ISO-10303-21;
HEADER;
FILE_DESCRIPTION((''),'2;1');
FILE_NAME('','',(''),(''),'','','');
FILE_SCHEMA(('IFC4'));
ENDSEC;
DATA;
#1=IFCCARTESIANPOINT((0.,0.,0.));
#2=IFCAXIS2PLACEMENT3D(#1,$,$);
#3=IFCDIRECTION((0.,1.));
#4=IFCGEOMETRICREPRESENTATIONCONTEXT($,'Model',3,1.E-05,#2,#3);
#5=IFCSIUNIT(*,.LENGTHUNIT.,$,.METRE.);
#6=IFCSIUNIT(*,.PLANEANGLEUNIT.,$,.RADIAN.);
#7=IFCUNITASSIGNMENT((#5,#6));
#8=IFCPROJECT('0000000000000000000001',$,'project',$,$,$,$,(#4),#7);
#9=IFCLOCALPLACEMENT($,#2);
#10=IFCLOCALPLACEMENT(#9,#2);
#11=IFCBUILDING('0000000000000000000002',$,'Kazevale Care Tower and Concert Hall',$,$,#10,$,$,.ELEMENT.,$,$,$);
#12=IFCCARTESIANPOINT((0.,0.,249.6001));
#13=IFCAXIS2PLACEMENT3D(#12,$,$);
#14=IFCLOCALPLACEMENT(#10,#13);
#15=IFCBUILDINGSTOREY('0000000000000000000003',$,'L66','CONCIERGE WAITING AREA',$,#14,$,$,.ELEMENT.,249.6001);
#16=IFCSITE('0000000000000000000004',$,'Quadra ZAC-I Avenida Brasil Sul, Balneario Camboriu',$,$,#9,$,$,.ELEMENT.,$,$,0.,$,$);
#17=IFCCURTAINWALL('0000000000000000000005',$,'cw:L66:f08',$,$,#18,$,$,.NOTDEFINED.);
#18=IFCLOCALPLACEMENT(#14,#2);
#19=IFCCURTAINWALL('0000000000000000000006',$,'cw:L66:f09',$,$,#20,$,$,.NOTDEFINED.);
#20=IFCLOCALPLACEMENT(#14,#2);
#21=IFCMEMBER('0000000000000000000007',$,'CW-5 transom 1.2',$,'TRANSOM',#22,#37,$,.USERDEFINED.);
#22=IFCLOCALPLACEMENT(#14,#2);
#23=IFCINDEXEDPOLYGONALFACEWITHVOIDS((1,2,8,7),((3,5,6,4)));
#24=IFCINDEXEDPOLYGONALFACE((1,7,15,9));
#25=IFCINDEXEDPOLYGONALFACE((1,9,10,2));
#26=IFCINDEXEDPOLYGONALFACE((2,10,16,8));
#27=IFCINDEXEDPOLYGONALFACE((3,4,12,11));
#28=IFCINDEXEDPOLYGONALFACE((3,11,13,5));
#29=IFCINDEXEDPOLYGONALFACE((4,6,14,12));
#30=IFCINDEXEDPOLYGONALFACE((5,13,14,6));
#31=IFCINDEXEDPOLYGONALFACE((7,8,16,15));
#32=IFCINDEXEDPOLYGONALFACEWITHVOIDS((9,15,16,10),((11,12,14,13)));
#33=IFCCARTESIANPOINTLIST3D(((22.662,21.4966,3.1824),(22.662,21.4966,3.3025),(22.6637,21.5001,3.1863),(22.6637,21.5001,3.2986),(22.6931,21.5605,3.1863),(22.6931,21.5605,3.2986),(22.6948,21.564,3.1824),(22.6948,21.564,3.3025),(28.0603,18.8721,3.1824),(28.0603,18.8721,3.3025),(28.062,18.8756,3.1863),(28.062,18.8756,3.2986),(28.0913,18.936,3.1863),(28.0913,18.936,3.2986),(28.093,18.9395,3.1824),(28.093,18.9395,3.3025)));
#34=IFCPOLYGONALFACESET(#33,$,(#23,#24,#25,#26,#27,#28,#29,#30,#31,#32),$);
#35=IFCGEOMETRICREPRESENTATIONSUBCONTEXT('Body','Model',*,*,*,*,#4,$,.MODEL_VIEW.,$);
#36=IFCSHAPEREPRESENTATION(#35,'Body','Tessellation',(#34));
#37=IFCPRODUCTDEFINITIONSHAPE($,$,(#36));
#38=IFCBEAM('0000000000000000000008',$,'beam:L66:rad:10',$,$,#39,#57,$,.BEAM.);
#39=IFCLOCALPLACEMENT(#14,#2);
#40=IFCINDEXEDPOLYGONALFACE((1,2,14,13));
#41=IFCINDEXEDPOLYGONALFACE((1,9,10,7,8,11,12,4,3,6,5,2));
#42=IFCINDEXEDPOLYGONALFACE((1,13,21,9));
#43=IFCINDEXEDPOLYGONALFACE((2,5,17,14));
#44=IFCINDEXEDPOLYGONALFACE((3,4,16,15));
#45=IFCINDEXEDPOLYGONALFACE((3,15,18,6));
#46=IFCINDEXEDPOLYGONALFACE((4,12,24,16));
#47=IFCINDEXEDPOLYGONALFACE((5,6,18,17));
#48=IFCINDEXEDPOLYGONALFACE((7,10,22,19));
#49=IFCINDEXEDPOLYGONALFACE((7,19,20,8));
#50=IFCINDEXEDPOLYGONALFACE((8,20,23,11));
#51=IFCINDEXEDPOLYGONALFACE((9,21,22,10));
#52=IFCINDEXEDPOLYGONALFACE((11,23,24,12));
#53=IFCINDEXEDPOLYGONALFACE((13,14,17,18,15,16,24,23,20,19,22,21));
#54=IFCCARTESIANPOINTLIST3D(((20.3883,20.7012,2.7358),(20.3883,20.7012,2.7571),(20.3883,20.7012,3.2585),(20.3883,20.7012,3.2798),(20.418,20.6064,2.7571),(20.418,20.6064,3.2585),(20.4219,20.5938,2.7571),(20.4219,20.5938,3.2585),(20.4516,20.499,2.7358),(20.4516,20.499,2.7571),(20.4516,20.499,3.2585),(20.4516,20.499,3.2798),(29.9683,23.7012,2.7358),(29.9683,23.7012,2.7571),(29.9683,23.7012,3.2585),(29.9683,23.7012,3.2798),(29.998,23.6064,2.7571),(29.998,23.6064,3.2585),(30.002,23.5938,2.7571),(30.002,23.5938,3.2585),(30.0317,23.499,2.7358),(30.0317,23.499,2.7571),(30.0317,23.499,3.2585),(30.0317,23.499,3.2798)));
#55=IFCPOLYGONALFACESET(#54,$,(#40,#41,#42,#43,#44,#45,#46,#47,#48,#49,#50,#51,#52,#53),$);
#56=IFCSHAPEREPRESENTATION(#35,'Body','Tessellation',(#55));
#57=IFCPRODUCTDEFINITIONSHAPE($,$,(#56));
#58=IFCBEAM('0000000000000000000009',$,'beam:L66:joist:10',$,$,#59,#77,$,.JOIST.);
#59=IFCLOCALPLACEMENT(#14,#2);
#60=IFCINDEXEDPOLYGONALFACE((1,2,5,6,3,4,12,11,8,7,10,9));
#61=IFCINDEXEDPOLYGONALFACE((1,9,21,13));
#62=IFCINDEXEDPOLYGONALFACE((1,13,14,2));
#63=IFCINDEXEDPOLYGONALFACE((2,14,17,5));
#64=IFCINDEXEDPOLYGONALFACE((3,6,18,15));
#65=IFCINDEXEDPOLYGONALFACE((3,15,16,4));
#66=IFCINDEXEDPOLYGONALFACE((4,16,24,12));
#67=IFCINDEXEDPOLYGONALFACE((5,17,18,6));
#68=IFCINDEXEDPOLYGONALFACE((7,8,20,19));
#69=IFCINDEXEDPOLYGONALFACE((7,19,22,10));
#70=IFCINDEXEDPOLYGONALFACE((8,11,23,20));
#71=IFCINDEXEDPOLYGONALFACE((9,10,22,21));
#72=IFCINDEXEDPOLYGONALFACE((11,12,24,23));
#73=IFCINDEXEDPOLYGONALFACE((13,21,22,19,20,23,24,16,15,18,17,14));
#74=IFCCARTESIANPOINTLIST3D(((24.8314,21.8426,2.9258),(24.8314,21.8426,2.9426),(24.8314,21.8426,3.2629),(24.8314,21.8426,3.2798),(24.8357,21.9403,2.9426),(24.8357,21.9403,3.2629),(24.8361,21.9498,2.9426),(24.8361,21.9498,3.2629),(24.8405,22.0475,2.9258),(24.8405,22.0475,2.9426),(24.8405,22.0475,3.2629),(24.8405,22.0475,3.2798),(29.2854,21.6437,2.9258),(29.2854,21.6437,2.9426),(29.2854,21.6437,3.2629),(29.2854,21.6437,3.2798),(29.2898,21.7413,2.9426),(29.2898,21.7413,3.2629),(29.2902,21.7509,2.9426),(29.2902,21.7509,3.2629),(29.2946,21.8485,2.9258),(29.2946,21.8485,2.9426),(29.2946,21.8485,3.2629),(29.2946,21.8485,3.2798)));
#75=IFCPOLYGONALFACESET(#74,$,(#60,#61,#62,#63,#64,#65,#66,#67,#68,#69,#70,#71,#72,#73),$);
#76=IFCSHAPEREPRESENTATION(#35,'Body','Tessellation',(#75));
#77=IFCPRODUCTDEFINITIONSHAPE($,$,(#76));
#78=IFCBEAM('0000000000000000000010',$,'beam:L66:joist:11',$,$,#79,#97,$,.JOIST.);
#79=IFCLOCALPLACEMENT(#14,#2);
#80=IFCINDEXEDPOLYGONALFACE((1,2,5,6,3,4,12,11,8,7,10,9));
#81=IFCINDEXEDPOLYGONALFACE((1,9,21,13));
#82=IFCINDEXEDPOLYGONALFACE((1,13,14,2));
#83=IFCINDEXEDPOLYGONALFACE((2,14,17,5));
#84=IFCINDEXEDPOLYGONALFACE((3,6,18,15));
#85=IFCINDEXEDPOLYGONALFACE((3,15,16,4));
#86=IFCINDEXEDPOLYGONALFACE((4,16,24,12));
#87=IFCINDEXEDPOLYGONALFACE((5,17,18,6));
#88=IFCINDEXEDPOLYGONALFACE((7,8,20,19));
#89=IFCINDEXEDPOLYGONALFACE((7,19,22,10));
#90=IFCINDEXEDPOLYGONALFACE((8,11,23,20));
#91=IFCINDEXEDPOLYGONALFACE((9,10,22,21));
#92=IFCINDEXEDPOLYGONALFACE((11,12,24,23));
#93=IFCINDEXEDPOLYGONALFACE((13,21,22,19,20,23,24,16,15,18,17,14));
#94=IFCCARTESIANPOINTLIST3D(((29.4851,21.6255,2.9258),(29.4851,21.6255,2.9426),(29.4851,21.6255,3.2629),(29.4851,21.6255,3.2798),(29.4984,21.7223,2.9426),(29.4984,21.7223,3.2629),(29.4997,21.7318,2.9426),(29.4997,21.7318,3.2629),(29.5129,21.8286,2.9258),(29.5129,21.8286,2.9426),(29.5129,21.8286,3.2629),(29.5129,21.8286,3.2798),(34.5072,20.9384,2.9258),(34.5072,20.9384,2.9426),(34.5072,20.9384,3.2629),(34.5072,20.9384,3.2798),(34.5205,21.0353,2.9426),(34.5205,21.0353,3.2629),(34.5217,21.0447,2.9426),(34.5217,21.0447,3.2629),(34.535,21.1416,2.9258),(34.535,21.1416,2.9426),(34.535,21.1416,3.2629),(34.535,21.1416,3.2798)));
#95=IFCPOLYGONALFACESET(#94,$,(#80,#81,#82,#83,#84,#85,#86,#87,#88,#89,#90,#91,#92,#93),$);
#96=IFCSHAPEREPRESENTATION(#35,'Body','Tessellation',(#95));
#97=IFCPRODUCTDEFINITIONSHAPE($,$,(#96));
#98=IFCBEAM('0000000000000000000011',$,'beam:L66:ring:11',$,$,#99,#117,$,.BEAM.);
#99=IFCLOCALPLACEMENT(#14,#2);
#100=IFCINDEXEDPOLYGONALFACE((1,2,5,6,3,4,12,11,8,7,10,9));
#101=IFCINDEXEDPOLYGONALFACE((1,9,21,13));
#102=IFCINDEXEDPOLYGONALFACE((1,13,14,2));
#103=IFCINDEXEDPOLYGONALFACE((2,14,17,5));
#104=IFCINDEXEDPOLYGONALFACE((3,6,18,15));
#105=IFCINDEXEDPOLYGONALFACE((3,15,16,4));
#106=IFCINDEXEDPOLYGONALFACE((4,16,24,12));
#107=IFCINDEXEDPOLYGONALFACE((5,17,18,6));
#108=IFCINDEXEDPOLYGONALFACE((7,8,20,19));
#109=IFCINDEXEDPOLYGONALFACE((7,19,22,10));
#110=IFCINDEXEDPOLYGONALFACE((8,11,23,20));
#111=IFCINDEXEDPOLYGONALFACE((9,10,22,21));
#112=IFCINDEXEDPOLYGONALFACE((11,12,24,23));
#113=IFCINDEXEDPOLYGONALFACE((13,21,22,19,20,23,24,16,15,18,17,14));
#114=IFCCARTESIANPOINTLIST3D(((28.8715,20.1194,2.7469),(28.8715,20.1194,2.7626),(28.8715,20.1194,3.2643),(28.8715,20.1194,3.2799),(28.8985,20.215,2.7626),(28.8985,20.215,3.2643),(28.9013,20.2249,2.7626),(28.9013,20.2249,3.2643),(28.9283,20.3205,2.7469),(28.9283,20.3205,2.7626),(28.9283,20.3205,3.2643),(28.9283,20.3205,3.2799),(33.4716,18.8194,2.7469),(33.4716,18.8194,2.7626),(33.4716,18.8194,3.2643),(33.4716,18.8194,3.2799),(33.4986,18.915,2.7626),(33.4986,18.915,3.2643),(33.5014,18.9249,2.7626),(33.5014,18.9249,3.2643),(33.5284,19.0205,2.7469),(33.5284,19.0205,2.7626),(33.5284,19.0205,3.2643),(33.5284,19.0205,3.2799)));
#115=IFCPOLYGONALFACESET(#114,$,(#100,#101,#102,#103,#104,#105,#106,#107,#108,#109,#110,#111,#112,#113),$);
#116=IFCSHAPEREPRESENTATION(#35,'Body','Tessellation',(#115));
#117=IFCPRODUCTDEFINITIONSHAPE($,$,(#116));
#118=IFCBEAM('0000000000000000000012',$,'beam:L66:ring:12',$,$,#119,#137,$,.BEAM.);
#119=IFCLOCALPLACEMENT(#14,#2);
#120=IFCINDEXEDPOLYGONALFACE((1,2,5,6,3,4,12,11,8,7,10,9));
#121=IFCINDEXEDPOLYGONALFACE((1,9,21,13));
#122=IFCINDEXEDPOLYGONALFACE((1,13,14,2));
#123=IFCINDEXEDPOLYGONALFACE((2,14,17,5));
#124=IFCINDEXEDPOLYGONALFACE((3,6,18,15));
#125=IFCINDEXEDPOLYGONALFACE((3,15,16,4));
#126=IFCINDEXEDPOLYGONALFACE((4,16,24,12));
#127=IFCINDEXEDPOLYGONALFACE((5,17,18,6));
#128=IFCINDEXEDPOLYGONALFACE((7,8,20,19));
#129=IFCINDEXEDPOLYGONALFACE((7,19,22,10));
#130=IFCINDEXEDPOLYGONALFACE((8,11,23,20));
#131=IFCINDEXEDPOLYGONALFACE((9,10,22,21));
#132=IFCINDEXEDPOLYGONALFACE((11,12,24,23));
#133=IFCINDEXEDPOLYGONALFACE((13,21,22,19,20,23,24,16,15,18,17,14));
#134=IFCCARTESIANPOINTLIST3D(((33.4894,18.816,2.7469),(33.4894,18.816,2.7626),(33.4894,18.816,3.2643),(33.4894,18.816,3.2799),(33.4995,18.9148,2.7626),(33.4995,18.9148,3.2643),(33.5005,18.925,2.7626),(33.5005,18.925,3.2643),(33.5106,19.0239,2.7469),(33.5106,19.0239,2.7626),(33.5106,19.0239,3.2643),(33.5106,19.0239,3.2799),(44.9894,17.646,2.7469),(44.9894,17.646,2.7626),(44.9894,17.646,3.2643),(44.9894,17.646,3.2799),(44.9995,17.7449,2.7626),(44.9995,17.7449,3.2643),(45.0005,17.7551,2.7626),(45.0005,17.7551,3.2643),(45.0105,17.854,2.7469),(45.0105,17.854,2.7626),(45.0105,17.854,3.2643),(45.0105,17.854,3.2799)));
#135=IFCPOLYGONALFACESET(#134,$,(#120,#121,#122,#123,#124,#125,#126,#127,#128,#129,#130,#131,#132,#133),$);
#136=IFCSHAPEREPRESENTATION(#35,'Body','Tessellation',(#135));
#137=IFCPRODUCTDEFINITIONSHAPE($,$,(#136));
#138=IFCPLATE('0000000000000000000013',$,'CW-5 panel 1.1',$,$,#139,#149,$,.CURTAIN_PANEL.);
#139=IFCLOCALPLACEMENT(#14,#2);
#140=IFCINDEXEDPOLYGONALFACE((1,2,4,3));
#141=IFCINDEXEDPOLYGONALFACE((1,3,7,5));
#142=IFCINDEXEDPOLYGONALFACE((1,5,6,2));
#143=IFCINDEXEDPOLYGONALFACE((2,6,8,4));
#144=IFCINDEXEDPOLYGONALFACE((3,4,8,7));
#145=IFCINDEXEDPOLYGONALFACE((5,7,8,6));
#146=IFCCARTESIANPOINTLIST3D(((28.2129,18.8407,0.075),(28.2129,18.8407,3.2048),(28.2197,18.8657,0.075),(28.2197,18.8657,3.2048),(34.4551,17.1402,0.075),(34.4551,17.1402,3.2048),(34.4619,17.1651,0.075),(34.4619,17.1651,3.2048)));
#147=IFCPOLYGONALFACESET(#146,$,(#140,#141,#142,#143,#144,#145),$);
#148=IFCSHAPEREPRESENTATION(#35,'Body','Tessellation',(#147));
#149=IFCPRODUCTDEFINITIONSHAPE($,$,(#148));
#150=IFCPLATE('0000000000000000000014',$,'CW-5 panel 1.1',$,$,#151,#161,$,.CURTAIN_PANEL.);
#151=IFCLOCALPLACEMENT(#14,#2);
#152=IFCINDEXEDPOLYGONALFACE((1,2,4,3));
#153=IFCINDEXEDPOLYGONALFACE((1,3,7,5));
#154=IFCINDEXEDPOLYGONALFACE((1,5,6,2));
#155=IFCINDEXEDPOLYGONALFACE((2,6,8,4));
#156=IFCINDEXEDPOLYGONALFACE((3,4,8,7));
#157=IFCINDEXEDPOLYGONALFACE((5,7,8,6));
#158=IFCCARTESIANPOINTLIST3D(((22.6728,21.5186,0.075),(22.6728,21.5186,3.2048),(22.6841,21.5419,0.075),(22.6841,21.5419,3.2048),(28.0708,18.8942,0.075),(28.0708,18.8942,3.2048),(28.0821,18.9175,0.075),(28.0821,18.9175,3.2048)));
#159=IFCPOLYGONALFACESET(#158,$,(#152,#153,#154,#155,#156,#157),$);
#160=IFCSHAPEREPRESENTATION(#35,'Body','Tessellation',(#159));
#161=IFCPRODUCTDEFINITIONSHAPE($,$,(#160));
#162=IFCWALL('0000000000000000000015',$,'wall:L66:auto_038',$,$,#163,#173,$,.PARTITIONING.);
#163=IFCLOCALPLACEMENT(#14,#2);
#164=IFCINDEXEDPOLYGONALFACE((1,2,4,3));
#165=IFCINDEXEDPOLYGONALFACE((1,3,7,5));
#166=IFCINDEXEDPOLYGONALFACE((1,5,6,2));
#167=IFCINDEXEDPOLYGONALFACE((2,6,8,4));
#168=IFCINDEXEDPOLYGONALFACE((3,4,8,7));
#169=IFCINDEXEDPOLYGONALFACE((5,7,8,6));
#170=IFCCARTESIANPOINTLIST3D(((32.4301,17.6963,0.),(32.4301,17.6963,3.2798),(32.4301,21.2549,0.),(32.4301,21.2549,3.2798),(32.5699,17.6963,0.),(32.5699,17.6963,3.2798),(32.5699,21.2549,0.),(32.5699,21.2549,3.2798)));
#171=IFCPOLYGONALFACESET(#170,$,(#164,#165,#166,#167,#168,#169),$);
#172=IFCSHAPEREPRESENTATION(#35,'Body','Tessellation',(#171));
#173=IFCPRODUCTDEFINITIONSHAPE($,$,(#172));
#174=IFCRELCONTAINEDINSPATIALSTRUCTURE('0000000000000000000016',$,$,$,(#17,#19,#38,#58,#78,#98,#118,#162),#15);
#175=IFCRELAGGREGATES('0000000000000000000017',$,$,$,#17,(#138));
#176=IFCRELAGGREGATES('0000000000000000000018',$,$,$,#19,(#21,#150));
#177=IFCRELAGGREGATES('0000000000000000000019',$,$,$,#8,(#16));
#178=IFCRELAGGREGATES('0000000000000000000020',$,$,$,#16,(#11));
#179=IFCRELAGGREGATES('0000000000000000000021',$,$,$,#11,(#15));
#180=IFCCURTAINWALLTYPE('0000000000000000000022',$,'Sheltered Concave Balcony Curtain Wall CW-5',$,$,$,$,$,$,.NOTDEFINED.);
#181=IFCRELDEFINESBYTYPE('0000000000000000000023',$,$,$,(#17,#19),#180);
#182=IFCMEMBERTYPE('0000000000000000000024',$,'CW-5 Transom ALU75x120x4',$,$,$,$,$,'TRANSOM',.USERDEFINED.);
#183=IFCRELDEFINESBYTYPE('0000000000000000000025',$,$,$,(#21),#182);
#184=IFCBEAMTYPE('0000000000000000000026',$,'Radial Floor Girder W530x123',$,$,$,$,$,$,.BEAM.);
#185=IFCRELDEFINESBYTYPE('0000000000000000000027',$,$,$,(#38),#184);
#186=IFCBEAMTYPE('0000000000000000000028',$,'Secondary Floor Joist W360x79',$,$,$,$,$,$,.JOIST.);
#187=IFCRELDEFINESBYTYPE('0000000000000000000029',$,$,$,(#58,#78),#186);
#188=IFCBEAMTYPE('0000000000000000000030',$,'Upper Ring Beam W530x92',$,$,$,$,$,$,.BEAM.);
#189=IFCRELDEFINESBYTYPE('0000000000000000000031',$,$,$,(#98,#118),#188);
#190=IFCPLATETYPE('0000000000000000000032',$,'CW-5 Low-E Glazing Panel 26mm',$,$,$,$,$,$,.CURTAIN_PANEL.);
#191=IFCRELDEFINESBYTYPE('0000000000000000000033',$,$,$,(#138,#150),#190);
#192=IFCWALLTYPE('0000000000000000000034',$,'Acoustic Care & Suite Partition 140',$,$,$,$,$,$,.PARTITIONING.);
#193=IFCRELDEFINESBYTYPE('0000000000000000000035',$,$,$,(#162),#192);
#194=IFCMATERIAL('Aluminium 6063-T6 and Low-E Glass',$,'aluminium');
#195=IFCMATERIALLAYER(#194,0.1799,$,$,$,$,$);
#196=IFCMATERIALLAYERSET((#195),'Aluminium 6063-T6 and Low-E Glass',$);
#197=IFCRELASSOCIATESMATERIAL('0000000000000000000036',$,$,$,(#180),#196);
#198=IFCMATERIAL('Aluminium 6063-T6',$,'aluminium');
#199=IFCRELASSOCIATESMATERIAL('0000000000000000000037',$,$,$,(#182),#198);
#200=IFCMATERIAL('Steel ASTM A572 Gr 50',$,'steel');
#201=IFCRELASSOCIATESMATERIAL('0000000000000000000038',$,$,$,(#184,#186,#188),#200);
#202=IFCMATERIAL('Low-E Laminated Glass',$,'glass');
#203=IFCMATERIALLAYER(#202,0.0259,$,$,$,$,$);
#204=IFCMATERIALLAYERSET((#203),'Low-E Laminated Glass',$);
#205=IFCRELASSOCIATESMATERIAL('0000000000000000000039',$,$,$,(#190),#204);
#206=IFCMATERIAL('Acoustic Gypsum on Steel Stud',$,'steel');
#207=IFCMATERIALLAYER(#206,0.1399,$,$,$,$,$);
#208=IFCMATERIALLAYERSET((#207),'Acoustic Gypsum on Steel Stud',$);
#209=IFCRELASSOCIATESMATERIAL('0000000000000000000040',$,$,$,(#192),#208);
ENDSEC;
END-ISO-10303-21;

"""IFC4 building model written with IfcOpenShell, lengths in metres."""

from ifc_helpers import new_model, si_unit, direction, frame, frame_2d, origin, origin_2d, place, context, subcontext, project, spatial, rectangle, hollow_rectangle, i_section, extrude, material, layer, layer_set, material_profile, profile_set, type_object, element, aggregate, save


model = new_model("IFC4")

# Units and contexts
model_context = context("Model", 3, precision=1e-05, world=origin(), true_north=direction((0.0, 1.0)))
body_context = subcontext(model_context, "Body", "Model", "MODEL_VIEW")
ifc_project = project(units=[si_unit("LENGTHUNIT", "METRE"), si_unit("PLANEANGLEUNIT", "RADIAN")], contexts=[model_context])

# Site, building, storey
site_placement = place(None, origin())
site = spatial("IfcSite", under=ifc_project, at=site_placement, Name="Quadra ZAC-I Avenida Brasil Sul, Balneario Camboriu", CompositionType="ELEMENT", RefElevation=0.0)
building_placement = place(site_placement, origin())
building = spatial("IfcBuilding", under=site, at=building_placement, Name="Kazevale Care Tower and Concert Hall", CompositionType="ELEMENT")
storey_placement = place(building_placement, frame((0.0, 0.0, 249.6001)))
storey = spatial("IfcBuildingStorey", under=building, at=storey_placement, Name="L66", Description="CONCIERGE WAITING AREA", CompositionType="ELEMENT", Elevation=249.6001)

# Curtain walls
ifc_material_1 = material(Name="Aluminium 6063-T6 and Low-E Glass", Category="aluminium")
ifc_layer_1 = layer(ifc_material_1, 0.1799)
ifc_layer_set_1 = layer_set([ifc_layer_1], Name="Aluminium 6063-T6 and Low-E Glass")
curtain_wall_type = type_object("IfcCurtainWallType", Name="Sheltered Concave Balcony Curtain Wall CW-5", PredefinedType="NOTDEFINED", material=ifc_layer_set_1)
curtain_wall_1_placement = place(storey_placement, origin())
curtain_wall_1 = element("IfcCurtainWall", 1, at=curtain_wall_1_placement, inside=storey, type_object=curtain_wall_type, Name="cw:L66:f08", PredefinedType="NOTDEFINED")
ifc_material_2 = material(Name="Aluminium 6063-T6", Category="aluminium")
curtain_wall_2_placement = place(storey_placement, origin())
curtain_wall_2 = element("IfcCurtainWall", 2, at=curtain_wall_2_placement, inside=storey, type_object=curtain_wall_type, Name="cw:L66:f09", PredefinedType="NOTDEFINED")

# Member
ifc_material_profile_1 = material_profile(ifc_material_2, hollow_rectangle(XDim=0.075, YDim=0.1201, WallThickness=0.0039, at=origin_2d()), Name="ALU75x120x4")
ifc_profile_set_1 = profile_set([ifc_material_profile_1], Name="Aluminium 6063-T6")
member_type_1 = type_object("IfcMemberType", Name="CW-5 Transom ALU75x120x4", ElementType="TRANSOM", PredefinedType="USERDEFINED", material=ifc_profile_set_1)
member_1_placement = place(storey_placement, frame((28.0767, 18.9058, 3.2424), z_axis=(-0.899342, 0.437245, 0.0), x_axis=(-0.437245, -0.899342, 0.0)))
member_1 = element("IfcMember", 3, at=member_1_placement, type_object=member_type_1, Name="CW-5 transom 1.2", ObjectType="TRANSOM", PredefinedType="USERDEFINED", context=body_context, shape_type="SweptSolid", body=[
    extrude(hollow_rectangle(XDim=0.075, YDim=0.1201, WallThickness=0.0039, at=origin_2d()), origin(), (0.0, 0.0, 1.0), 6.0024),
])

# Beams
ifc_material_3 = material(Name="Steel ASTM A572 Gr 50", Category="steel")
ifc_material_profile_2 = material_profile(ifc_material_3, i_section(OverallWidth=0.2119, OverallDepth=0.5439, WebThickness=0.0132, FlangeThickness=0.0212, at=origin_2d()), Name="W530x123")
ifc_profile_set_2 = profile_set([ifc_material_profile_2], Name="Steel ASTM A572 Gr 50")
beam_type_1 = type_object("IfcBeamType", Name="Radial Floor Girder W530x123", PredefinedType="BEAM", material=ifc_profile_set_2)
beam_1_placement = place(storey_placement, frame((30.0, 23.6001, 3.0078), z_axis=(-0.954303, -0.29884, 0.0), x_axis=(0.29884, -0.954303, 0.0)))
element("IfcBeam", 4, at=beam_1_placement, inside=storey, type_object=beam_type_1, Name="beam:L66:rad:10", PredefinedType="BEAM", context=body_context, shape_type="SweptSolid", body=[
    extrude(i_section(OverallWidth=0.2119, OverallDepth=0.5439, WebThickness=0.0132, FlangeThickness=0.0212, at=origin_2d()), origin(), (0.0, 0.0, 1.0), 10.0388),
])
ifc_material_profile_3 = material_profile(ifc_material_3, i_section(OverallWidth=0.2051, OverallDepth=0.354, WebThickness=0.0095, FlangeThickness=0.0168, at=origin_2d()), Name="W360x79")
ifc_profile_set_3 = profile_set([ifc_material_profile_3], Name="Steel ASTM A572 Gr 50")
beam_type_2 = type_object("IfcBeamType", Name="Secondary Floor Joist W360x79", PredefinedType="JOIST", material=ifc_profile_set_3)
beam_2_placement = place(storey_placement, frame((24.8359, 21.9451, 3.1028), z_axis=(0.999004, -0.044628, 0.0), x_axis=(0.044628, 0.999004, 0.0)))
element("IfcBeam", 5, at=beam_2_placement, inside=storey, type_object=beam_type_2, Name="beam:L66:joist:10", PredefinedType="JOIST", context=body_context, shape_type="SweptSolid", body=[
    extrude(i_section(OverallWidth=0.2051, OverallDepth=0.354, WebThickness=0.0095, FlangeThickness=0.0168, at=origin_2d()), origin(), (0.0, 0.0, 1.0), 4.4585),
])
beam_3_placement = place(storey_placement, frame((29.499, 21.7271, 3.1028), z_axis=(0.990772, -0.135539, 0.0), x_axis=(0.135539, 0.990772, 0.0)))
element("IfcBeam", 6, at=beam_3_placement, inside=storey, type_object=beam_type_2, Name="beam:L66:joist:11", PredefinedType="JOIST", context=body_context, shape_type="SweptSolid", body=[
    extrude(i_section(OverallWidth=0.2051, OverallDepth=0.354, WebThickness=0.0095, FlangeThickness=0.0168, at=origin_2d()), origin(), (0.0, 0.0, 1.0), 5.0688),
])
ifc_material_profile_4 = material_profile(ifc_material_3, i_section(OverallWidth=0.209, OverallDepth=0.533, WebThickness=0.0103, FlangeThickness=0.0156, at=origin_2d()), Name="W530x92")
ifc_profile_set_4 = profile_set([ifc_material_profile_4], Name="Steel ASTM A572 Gr 50")
beam_type_3 = type_object("IfcBeamType", Name="Upper Ring Beam W530x92", PredefinedType="BEAM", material=ifc_profile_set_4)
beam_4_placement = place(storey_placement, frame((28.8999, 20.22, 3.0134), z_axis=(0.962308, -0.271961, 0.0), x_axis=(0.271961, 0.962308, 0.0)))
element("IfcBeam", 7, at=beam_4_placement, inside=storey, type_object=beam_type_3, Name="beam:L66:ring:11", PredefinedType="BEAM", context=body_context, shape_type="SweptSolid", body=[
    extrude(i_section(OverallWidth=0.209, OverallDepth=0.533, WebThickness=0.0103, FlangeThickness=0.0156, at=origin_2d()), origin(), (0.0, 0.0, 1.0), 4.7803),
])
beam_5_placement = place(storey_placement, frame((33.5, 18.9199, 3.0134), z_axis=(0.994865, -0.10121, 0.0), x_axis=(0.10121, 0.994865, 0.0)))
element("IfcBeam", 8, at=beam_5_placement, inside=storey, type_object=beam_type_3, Name="beam:L66:ring:12", PredefinedType="BEAM", context=body_context, shape_type="SweptSolid", body=[
    extrude(i_section(OverallWidth=0.209, OverallDepth=0.533, WebThickness=0.0103, FlangeThickness=0.0156, at=origin_2d()), origin(), (0.0, 0.0, 1.0), 11.5593),
])

# Plates
ifc_material_4 = material(Name="Low-E Laminated Glass", Category="glass")
ifc_layer_2 = layer(ifc_material_4, 0.0259)
ifc_layer_set_2 = layer_set([ifc_layer_2], Name="Low-E Laminated Glass")
plate_type = type_object("IfcPlateType", Name="CW-5 Low-E Glazing Panel 26mm", PredefinedType="CURTAIN_PANEL", material=ifc_layer_set_2)
plate_1_placement = place(storey_placement, frame((31.3374, 18.0029, 0.075), z_axis=(0.0, 0.0, 1.0), x_axis=(-0.964837, 0.262849, 0.0)))
plate_1 = element("IfcPlate", 9, at=plate_1_placement, type_object=plate_type, Name="CW-5 panel 1.1", PredefinedType="CURTAIN_PANEL", context=body_context, shape_type="SweptSolid", body=[
    extrude(rectangle(XDim=6.4697, YDim=0.0259, at=origin_2d()), origin(), (0.0, 0.0, 1.0), 3.1299),
])
aggregate(curtain_wall_1, [plate_1])
plate_2_placement = place(storey_placement, frame((25.3774, 20.218, 0.075), z_axis=(0.0, 0.0, 1.0), x_axis=(-0.899346, 0.437238, 0.0)))
plate_2 = element("IfcPlate", 10, at=plate_2_placement, type_object=plate_type, Name="CW-5 panel 1.1", PredefinedType="CURTAIN_PANEL", context=body_context, shape_type="SweptSolid", body=[
    extrude(rectangle(XDim=6.0022, YDim=0.0259, at=origin_2d()), origin(), (0.0, 0.0, 1.0), 3.1299),
])
aggregate(curtain_wall_2, [member_1, plate_2])

# Wall
ifc_material_5 = material(Name="Acoustic Gypsum on Steel Stud", Category="steel")
ifc_layer_3 = layer(ifc_material_5, 0.1399)
ifc_layer_set_3 = layer_set([ifc_layer_3], Name="Acoustic Gypsum on Steel Stud")
wall_type_1 = type_object("IfcWallType", Name="Acoustic Care & Suite Partition 140", PredefinedType="PARTITIONING", material=ifc_layer_set_3)
wall_1_placement = place(storey_placement, frame((32.5, 21.2549, 0.0), z_axis=(0.0, 0.0, 1.0), x_axis=(0.0, -1.0, 0.0)))
element("IfcWall", 11, at=wall_1_placement, inside=storey, type_object=wall_type_1, Name="wall:L66:auto_038", PredefinedType="PARTITIONING", context=body_context, shape_type="SweptSolid", body=[
    extrude(rectangle(XDim=3.5586, YDim=0.1399, at=frame_2d((1.7793, 0.0))), origin(), (0.0, 0.0, 1.0), 3.2798),
])

save(model, "model.ifc")
